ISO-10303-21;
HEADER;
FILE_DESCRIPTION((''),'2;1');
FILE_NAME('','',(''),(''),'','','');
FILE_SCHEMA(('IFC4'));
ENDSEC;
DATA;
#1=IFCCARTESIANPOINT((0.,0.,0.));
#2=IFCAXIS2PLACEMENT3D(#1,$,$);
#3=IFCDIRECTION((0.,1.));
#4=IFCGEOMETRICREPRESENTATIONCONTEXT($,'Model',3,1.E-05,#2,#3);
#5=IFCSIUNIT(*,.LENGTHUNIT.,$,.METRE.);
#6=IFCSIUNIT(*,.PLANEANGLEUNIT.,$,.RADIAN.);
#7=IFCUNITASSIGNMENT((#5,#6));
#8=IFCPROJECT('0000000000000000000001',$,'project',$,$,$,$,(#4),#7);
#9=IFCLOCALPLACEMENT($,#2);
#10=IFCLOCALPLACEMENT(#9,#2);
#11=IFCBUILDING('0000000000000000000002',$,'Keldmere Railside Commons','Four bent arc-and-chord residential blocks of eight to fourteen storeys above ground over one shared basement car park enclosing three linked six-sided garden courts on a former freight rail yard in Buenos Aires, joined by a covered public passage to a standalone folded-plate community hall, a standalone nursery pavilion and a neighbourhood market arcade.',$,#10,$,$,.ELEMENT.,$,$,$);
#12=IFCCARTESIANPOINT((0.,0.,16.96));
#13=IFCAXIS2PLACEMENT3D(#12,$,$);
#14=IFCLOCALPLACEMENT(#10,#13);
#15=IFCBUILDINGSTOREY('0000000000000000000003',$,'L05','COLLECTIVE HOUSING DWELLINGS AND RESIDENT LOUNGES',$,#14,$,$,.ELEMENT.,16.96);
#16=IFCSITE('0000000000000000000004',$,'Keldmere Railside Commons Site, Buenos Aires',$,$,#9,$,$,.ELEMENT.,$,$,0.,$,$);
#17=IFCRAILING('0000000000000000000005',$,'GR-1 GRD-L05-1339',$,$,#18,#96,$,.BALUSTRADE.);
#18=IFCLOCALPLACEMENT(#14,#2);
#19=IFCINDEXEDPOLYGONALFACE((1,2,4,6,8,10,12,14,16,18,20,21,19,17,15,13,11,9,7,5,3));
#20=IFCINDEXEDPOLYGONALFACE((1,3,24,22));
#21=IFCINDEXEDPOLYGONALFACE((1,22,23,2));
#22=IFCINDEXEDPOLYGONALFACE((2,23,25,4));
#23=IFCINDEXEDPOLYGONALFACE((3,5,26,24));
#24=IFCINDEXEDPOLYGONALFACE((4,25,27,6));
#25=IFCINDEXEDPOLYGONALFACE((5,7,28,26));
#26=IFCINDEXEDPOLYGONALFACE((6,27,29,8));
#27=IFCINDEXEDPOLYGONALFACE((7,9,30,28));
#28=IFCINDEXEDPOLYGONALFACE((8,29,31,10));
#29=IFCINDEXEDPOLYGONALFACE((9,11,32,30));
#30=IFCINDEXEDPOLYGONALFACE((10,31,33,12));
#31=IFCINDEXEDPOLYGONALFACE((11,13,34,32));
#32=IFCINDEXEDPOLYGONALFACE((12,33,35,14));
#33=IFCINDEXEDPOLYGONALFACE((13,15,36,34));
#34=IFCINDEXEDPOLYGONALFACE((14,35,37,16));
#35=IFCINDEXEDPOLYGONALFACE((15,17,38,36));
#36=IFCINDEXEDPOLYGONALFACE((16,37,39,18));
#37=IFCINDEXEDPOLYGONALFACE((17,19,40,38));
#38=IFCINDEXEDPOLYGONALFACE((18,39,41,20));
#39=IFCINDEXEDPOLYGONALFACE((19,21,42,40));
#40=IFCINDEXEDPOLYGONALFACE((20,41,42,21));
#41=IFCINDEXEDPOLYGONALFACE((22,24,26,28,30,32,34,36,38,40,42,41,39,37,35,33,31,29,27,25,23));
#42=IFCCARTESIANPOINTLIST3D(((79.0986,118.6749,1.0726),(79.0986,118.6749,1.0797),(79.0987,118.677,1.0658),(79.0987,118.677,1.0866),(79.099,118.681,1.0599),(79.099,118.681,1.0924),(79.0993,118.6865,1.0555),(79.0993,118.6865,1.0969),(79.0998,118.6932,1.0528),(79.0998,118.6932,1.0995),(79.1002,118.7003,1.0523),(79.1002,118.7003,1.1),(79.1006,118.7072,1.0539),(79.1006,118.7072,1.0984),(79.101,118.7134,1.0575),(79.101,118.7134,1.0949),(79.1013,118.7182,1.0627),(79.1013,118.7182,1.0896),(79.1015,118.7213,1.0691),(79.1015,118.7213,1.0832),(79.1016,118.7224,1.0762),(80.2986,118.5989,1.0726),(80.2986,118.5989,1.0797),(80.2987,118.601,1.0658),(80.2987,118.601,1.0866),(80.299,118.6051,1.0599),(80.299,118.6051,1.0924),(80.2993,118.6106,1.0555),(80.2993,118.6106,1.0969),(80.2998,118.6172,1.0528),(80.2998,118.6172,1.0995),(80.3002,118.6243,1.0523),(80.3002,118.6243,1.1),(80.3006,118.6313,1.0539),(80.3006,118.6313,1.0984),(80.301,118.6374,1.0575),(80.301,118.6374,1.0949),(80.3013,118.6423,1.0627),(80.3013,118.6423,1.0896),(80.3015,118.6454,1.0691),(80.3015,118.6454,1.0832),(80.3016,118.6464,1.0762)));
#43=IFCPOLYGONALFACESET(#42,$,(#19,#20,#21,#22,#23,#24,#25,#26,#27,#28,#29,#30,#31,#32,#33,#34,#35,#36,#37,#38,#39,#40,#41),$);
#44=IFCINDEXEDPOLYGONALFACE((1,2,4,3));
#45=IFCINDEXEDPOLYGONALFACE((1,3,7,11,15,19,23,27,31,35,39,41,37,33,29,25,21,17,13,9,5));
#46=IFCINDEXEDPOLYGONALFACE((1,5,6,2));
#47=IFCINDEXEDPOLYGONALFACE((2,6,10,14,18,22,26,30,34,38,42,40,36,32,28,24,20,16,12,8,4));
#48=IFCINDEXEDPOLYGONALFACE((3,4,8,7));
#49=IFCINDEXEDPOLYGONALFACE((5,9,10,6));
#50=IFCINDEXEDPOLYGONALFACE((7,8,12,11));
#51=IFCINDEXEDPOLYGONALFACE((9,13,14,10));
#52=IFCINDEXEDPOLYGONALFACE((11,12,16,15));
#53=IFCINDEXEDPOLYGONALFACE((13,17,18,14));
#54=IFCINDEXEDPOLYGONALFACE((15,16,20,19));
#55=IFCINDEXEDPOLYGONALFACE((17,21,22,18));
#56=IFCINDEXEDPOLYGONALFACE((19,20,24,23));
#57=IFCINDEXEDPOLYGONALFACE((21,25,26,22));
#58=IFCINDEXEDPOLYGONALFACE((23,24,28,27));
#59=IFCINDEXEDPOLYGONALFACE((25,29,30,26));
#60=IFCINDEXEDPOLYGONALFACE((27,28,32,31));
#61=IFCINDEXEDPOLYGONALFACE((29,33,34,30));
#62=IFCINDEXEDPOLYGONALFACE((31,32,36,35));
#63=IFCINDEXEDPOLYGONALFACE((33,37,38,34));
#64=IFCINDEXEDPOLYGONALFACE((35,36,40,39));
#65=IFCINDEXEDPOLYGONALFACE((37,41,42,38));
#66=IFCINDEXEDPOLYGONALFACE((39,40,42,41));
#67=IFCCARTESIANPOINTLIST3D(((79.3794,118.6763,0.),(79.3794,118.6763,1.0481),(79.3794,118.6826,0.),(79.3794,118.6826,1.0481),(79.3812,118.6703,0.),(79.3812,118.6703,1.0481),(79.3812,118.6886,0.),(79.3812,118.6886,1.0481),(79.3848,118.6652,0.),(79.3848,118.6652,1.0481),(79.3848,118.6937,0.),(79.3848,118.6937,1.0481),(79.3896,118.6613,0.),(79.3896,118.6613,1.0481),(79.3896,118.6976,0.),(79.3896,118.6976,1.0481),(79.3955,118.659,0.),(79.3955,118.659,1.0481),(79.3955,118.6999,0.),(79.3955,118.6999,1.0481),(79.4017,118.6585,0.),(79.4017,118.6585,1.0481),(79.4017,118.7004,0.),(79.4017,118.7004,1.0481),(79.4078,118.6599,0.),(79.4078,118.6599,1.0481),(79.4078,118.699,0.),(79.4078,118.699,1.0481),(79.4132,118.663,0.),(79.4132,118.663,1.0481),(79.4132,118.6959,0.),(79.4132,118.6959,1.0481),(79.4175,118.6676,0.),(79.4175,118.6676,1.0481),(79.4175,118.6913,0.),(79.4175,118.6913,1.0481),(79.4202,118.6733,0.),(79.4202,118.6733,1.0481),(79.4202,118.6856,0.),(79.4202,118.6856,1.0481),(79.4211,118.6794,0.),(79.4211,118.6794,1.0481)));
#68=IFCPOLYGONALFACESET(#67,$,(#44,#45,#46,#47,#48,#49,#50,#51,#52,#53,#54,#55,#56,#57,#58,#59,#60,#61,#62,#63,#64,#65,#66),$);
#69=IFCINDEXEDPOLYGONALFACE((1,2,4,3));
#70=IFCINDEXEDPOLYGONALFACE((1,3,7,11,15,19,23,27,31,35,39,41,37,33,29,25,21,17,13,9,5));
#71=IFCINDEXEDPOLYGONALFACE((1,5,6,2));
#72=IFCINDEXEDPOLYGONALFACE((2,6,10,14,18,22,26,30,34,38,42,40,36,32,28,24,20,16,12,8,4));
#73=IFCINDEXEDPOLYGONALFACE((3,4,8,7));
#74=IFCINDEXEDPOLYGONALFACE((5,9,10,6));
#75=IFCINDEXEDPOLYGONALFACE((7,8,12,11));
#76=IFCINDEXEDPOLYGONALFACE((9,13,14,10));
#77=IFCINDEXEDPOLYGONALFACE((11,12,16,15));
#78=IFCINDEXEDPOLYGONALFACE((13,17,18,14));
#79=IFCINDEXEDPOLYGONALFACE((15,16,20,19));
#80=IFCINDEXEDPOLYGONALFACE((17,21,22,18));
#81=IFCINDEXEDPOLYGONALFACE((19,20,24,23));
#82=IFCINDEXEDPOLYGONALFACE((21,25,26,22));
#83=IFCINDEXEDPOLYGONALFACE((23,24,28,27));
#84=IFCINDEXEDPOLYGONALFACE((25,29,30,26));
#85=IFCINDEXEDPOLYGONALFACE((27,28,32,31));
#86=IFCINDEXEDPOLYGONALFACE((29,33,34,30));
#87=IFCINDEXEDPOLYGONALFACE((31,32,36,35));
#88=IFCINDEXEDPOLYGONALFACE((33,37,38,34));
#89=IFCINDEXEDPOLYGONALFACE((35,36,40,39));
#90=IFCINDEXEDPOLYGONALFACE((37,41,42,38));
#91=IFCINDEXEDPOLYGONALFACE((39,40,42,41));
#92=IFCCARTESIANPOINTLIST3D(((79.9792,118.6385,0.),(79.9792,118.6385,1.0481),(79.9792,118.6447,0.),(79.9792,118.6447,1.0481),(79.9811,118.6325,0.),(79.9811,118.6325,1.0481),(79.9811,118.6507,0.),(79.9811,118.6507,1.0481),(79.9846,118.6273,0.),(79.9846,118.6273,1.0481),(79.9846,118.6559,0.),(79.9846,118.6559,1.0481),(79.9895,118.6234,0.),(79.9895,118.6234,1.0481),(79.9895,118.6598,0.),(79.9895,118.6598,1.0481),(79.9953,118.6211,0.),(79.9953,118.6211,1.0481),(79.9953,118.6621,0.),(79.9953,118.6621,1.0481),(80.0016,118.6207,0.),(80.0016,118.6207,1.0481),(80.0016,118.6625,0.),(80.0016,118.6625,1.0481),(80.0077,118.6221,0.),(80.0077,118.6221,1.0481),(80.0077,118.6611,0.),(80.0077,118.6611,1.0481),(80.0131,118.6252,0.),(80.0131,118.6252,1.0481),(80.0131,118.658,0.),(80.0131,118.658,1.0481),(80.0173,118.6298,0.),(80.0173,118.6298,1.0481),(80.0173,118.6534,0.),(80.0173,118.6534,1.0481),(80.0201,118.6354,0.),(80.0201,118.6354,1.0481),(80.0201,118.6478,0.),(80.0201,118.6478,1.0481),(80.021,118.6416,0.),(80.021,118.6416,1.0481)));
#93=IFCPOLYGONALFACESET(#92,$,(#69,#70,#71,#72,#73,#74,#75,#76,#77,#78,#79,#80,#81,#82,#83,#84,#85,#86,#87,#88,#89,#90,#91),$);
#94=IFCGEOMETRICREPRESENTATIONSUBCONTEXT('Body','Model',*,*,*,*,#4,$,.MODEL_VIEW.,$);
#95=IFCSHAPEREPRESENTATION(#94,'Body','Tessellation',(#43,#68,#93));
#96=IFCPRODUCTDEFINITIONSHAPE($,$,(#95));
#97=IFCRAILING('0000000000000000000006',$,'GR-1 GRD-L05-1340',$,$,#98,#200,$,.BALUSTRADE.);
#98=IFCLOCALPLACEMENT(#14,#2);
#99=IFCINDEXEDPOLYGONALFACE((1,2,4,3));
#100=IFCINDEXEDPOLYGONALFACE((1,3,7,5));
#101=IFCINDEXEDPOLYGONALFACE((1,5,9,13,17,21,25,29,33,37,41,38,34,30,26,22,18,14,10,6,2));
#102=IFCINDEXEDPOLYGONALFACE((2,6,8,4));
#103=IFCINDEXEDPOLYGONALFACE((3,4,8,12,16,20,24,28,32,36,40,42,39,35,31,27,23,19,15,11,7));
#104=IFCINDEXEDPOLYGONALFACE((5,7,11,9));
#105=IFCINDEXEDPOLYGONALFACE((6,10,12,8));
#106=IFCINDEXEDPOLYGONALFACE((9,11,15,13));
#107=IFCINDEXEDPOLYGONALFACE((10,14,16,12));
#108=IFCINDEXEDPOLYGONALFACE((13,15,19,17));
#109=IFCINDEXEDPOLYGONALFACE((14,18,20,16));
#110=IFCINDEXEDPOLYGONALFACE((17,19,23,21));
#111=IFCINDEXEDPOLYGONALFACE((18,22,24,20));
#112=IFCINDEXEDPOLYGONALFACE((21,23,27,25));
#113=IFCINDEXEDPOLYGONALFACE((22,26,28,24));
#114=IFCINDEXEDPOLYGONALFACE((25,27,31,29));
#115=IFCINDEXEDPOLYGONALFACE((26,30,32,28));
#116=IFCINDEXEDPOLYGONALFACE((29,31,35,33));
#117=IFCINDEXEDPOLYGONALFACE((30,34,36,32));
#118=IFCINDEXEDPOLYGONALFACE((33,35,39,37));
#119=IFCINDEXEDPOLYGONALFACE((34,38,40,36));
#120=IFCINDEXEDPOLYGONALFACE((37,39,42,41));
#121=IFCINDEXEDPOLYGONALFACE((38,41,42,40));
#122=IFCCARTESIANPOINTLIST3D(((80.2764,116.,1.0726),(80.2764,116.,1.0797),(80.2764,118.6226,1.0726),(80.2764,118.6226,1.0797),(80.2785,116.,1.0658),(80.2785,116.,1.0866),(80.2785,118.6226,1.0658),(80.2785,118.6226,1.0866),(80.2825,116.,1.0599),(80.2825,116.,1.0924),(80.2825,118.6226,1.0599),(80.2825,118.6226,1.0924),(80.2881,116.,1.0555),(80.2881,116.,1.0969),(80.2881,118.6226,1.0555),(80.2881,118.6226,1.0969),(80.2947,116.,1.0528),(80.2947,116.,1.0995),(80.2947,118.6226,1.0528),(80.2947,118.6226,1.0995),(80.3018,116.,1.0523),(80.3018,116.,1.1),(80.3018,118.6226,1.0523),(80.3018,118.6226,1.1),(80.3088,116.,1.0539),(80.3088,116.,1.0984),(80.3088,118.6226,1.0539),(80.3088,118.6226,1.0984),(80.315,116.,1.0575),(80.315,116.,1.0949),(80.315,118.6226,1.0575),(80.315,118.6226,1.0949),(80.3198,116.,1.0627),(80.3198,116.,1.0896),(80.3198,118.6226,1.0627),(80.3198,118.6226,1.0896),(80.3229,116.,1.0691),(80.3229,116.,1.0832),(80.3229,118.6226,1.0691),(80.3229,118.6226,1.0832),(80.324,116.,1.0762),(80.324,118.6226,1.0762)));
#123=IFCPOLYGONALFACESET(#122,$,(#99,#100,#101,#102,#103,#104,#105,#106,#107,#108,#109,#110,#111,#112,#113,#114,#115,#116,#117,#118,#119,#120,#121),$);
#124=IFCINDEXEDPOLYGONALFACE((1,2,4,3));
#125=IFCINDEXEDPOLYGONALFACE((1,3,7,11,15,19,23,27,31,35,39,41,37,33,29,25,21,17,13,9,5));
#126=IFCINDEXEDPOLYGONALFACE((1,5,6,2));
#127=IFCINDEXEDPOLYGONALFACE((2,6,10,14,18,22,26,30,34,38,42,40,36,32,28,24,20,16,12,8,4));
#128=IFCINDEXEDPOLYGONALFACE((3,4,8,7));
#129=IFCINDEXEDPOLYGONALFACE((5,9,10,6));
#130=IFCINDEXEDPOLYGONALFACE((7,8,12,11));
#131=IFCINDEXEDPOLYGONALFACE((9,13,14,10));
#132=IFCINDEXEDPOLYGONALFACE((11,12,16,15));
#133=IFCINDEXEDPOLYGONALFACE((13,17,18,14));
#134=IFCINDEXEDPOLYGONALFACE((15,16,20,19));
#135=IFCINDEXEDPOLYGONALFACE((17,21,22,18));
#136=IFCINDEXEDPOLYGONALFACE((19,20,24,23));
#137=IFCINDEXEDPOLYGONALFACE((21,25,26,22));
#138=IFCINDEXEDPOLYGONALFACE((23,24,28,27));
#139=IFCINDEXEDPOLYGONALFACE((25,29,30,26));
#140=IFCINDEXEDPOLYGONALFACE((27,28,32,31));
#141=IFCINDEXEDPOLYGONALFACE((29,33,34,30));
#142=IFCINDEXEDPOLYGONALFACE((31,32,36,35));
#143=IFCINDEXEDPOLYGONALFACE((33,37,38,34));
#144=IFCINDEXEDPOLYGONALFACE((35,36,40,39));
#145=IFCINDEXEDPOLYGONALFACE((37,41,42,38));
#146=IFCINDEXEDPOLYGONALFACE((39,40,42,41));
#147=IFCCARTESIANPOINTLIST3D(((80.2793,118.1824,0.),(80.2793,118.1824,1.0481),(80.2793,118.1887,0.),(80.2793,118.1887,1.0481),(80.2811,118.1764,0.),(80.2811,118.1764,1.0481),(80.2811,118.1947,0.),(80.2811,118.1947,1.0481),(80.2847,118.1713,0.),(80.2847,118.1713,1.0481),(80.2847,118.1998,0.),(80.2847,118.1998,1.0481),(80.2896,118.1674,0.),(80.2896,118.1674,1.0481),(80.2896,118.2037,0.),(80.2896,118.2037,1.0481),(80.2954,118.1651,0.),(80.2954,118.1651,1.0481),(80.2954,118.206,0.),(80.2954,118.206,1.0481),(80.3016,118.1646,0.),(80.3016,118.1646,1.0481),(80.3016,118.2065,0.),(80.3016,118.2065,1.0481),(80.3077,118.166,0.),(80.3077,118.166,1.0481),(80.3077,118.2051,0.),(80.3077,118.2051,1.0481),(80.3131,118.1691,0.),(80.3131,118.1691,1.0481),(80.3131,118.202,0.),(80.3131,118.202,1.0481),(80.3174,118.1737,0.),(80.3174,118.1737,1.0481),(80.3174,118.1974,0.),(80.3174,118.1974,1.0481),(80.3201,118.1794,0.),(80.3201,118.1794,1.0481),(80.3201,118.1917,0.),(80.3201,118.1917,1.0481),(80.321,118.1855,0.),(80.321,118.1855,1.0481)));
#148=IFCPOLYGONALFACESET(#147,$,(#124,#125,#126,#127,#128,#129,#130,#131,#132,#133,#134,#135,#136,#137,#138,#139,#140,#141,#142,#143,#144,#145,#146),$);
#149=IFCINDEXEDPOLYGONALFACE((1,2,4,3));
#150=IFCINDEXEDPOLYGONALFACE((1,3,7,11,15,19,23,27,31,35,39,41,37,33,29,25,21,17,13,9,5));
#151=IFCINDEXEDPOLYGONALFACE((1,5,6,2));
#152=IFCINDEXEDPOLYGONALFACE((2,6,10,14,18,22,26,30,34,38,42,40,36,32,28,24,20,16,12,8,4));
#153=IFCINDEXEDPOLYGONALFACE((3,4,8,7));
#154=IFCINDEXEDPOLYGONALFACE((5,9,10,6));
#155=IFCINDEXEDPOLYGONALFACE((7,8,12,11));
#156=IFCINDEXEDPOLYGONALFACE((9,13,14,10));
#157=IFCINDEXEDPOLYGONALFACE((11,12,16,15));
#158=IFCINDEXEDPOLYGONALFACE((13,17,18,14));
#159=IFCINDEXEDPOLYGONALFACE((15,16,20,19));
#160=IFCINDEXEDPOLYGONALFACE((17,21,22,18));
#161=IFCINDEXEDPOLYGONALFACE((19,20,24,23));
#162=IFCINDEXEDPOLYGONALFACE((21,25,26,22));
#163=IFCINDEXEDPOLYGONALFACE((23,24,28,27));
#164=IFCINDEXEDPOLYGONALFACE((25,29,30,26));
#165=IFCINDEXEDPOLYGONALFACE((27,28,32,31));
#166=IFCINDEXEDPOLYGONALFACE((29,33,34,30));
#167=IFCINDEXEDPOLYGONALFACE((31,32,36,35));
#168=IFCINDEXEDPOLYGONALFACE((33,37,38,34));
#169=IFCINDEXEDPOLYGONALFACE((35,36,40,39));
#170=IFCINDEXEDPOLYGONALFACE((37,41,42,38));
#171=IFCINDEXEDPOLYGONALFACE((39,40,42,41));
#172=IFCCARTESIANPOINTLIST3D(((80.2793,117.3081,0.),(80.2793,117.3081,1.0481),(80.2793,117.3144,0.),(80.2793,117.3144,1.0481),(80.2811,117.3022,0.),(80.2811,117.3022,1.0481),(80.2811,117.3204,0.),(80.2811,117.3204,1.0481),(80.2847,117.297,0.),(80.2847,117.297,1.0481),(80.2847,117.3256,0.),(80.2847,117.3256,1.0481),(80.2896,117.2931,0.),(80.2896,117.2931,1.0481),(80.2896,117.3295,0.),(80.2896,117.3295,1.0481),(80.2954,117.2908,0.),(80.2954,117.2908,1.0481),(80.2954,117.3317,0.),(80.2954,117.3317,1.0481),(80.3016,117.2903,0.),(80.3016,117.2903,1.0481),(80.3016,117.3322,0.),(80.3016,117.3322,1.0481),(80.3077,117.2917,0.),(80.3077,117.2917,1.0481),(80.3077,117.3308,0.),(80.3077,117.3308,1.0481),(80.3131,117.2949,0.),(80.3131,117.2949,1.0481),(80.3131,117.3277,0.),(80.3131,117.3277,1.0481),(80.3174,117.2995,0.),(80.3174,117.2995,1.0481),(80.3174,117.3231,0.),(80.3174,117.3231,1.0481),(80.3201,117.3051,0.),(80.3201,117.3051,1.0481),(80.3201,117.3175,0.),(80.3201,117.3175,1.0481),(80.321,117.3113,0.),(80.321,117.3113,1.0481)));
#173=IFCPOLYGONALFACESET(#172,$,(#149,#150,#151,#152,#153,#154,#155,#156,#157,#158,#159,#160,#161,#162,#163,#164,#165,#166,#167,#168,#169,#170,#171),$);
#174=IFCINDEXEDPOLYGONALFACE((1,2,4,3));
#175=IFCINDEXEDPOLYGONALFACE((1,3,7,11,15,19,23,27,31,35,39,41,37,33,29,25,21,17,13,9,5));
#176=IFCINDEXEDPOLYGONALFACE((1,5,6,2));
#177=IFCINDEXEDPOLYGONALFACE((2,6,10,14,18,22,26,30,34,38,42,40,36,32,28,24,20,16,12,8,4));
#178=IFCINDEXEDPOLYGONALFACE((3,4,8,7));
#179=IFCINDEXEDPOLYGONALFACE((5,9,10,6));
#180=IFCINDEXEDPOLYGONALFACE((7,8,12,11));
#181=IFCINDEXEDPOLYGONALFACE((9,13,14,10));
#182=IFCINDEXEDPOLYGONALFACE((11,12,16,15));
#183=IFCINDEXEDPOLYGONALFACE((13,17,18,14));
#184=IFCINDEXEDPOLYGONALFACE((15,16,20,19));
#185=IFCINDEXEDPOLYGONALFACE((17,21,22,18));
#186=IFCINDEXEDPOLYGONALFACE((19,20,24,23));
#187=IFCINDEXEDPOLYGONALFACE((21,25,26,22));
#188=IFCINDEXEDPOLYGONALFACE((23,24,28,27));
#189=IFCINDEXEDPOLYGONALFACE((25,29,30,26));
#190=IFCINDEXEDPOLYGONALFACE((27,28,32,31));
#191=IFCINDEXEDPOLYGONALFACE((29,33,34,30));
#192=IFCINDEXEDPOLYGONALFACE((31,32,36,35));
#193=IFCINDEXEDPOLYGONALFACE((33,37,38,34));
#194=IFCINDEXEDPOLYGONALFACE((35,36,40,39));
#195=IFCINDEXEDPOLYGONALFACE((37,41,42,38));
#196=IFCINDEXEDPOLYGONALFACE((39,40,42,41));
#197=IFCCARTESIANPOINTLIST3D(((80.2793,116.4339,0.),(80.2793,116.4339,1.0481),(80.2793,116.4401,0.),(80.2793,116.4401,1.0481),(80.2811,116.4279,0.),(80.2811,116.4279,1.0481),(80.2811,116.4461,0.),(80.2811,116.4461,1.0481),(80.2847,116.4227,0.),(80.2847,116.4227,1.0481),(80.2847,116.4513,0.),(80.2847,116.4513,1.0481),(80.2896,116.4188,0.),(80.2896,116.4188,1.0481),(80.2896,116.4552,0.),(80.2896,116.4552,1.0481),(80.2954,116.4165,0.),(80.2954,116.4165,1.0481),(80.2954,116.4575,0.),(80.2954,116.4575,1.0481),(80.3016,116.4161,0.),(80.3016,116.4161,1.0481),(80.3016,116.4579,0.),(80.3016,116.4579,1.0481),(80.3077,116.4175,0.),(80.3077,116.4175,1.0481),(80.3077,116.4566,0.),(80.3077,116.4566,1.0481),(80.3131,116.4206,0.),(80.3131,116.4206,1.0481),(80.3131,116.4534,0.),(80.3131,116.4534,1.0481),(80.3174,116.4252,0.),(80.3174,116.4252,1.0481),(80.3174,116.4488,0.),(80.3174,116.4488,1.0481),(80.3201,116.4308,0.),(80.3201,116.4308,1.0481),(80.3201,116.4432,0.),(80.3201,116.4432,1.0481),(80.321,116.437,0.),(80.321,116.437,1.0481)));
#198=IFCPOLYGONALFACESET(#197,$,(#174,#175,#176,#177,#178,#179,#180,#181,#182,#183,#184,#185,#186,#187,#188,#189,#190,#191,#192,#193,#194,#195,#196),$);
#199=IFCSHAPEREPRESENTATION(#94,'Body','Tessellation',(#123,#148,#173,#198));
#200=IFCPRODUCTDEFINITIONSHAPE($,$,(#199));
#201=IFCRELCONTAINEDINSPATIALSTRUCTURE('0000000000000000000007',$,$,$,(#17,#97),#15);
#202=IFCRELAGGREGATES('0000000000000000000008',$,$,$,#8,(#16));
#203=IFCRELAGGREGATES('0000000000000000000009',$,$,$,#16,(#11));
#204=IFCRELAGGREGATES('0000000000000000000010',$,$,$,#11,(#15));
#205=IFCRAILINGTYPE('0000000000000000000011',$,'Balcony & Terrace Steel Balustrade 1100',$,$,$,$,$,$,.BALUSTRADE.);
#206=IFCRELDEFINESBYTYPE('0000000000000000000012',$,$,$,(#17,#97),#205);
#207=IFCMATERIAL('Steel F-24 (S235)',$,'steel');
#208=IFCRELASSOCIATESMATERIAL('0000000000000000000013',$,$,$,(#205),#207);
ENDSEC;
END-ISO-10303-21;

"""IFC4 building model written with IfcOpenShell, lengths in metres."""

from ifc_helpers import new_model, si_unit, direction, frame, origin, origin_2d, place, context, subcontext, project, spatial, circle, extrude, material, type_object, element, save


model = new_model("IFC4")

# Units and contexts
model_context = context("Model", 3, precision=1e-05, world=origin(), true_north=direction((0.0, 1.0)))
body_context = subcontext(model_context, "Body", "Model", "MODEL_VIEW")
ifc_project = project(units=[si_unit("LENGTHUNIT", "METRE"), si_unit("PLANEANGLEUNIT", "RADIAN")], contexts=[model_context])

# Site, building, storey
site_placement = place(None, origin())
site = spatial("IfcSite", under=ifc_project, at=site_placement, Name="Keldmere Railside Commons Site, Buenos Aires", CompositionType="ELEMENT", RefElevation=0.0)
building_placement = place(site_placement, origin())
building = spatial("IfcBuilding", under=site, at=building_placement, Name="Keldmere Railside Commons", Description="Four bent arc-and-chord residential blocks of eight to fourteen storeys above ground over one shared basement car park enclosing three linked six-sided garden courts on a former freight rail yard in Buenos Aires, joined by a covered public passage to a standalone folded-plate community hall, a standalone nursery pavilion and a neighbourhood market arcade.", CompositionType="ELEMENT")
storey_placement = place(building_placement, frame((0.0, 0.0, 16.96)))
storey = spatial("IfcBuildingStorey", under=building, at=storey_placement, Name="L05", Description="COLLECTIVE HOUSING DWELLINGS AND RESIDENT LOUNGES", CompositionType="ELEMENT", Elevation=16.96)

# Shared definitions
ifc_material_1 = material(Name="Steel F-24 (S235)", Category="steel")

# Railings
railing_type_1 = type_object("IfcRailingType", Name="Balcony & Terrace Steel Balustrade 1100", PredefinedType="BALUSTRADE", material=ifc_material_1)
railing_1_placement = place(storey_placement, frame((79.1001, 118.6985, 0.0)))
element("IfcRailing", 1, at=railing_1_placement, inside=storey, type_object=railing_type_1, Name="GR-1 GRD-L05-1339", PredefinedType="BALUSTRADE", context=body_context, shape_type="SweptSolid", body=[
    extrude(circle(Radius=0.0239, at=origin_2d()), frame((0.0, 0.0, 1.0762), z_axis=(0.998004, -0.063149, 0.0), x_axis=(0.063149, 0.998004, 0.0)), (0.0, 0.0, 1.0), 1.2024),
    extrude(circle(Radius=0.021, at=origin_2d()), frame((0.3, -0.019, 0.0)), (0.0, 0.0, 1.0), 1.0481),
    extrude(circle(Radius=0.021, at=origin_2d()), frame((0.8999, -0.0569, 0.0)), (0.0, 0.0, 1.0), 1.0481),
])
railing_2_placement = place(storey_placement, frame((80.3, 118.6226, 0.0)))
element("IfcRailing", 2, at=railing_2_placement, inside=storey, type_object=railing_type_1, Name="GR-1 GRD-L05-1340", PredefinedType="BALUSTRADE", context=body_context, shape_type="SweptSolid", body=[
    extrude(circle(Radius=0.0239, at=origin_2d()), frame((0.0, 0.0, 1.0762), z_axis=(0.0, -1.0, 0.0), x_axis=(1.0, 0.0, 0.0)), (0.0, 0.0, 1.0), 2.6226),
    extrude(circle(Radius=0.021, at=origin_2d()), frame((0.0, -0.437, 0.0)), (0.0, 0.0, 1.0), 1.0481),
    extrude(circle(Radius=0.021, at=origin_2d()), frame((0.0, -1.3113, 0.0)), (0.0, 0.0, 1.0), 1.0481),
    extrude(circle(Radius=0.021, at=origin_2d()), frame((0.0, -2.1855, 0.0)), (0.0, 0.0, 1.0), 1.0481),
])

save(model, "model.ifc")
